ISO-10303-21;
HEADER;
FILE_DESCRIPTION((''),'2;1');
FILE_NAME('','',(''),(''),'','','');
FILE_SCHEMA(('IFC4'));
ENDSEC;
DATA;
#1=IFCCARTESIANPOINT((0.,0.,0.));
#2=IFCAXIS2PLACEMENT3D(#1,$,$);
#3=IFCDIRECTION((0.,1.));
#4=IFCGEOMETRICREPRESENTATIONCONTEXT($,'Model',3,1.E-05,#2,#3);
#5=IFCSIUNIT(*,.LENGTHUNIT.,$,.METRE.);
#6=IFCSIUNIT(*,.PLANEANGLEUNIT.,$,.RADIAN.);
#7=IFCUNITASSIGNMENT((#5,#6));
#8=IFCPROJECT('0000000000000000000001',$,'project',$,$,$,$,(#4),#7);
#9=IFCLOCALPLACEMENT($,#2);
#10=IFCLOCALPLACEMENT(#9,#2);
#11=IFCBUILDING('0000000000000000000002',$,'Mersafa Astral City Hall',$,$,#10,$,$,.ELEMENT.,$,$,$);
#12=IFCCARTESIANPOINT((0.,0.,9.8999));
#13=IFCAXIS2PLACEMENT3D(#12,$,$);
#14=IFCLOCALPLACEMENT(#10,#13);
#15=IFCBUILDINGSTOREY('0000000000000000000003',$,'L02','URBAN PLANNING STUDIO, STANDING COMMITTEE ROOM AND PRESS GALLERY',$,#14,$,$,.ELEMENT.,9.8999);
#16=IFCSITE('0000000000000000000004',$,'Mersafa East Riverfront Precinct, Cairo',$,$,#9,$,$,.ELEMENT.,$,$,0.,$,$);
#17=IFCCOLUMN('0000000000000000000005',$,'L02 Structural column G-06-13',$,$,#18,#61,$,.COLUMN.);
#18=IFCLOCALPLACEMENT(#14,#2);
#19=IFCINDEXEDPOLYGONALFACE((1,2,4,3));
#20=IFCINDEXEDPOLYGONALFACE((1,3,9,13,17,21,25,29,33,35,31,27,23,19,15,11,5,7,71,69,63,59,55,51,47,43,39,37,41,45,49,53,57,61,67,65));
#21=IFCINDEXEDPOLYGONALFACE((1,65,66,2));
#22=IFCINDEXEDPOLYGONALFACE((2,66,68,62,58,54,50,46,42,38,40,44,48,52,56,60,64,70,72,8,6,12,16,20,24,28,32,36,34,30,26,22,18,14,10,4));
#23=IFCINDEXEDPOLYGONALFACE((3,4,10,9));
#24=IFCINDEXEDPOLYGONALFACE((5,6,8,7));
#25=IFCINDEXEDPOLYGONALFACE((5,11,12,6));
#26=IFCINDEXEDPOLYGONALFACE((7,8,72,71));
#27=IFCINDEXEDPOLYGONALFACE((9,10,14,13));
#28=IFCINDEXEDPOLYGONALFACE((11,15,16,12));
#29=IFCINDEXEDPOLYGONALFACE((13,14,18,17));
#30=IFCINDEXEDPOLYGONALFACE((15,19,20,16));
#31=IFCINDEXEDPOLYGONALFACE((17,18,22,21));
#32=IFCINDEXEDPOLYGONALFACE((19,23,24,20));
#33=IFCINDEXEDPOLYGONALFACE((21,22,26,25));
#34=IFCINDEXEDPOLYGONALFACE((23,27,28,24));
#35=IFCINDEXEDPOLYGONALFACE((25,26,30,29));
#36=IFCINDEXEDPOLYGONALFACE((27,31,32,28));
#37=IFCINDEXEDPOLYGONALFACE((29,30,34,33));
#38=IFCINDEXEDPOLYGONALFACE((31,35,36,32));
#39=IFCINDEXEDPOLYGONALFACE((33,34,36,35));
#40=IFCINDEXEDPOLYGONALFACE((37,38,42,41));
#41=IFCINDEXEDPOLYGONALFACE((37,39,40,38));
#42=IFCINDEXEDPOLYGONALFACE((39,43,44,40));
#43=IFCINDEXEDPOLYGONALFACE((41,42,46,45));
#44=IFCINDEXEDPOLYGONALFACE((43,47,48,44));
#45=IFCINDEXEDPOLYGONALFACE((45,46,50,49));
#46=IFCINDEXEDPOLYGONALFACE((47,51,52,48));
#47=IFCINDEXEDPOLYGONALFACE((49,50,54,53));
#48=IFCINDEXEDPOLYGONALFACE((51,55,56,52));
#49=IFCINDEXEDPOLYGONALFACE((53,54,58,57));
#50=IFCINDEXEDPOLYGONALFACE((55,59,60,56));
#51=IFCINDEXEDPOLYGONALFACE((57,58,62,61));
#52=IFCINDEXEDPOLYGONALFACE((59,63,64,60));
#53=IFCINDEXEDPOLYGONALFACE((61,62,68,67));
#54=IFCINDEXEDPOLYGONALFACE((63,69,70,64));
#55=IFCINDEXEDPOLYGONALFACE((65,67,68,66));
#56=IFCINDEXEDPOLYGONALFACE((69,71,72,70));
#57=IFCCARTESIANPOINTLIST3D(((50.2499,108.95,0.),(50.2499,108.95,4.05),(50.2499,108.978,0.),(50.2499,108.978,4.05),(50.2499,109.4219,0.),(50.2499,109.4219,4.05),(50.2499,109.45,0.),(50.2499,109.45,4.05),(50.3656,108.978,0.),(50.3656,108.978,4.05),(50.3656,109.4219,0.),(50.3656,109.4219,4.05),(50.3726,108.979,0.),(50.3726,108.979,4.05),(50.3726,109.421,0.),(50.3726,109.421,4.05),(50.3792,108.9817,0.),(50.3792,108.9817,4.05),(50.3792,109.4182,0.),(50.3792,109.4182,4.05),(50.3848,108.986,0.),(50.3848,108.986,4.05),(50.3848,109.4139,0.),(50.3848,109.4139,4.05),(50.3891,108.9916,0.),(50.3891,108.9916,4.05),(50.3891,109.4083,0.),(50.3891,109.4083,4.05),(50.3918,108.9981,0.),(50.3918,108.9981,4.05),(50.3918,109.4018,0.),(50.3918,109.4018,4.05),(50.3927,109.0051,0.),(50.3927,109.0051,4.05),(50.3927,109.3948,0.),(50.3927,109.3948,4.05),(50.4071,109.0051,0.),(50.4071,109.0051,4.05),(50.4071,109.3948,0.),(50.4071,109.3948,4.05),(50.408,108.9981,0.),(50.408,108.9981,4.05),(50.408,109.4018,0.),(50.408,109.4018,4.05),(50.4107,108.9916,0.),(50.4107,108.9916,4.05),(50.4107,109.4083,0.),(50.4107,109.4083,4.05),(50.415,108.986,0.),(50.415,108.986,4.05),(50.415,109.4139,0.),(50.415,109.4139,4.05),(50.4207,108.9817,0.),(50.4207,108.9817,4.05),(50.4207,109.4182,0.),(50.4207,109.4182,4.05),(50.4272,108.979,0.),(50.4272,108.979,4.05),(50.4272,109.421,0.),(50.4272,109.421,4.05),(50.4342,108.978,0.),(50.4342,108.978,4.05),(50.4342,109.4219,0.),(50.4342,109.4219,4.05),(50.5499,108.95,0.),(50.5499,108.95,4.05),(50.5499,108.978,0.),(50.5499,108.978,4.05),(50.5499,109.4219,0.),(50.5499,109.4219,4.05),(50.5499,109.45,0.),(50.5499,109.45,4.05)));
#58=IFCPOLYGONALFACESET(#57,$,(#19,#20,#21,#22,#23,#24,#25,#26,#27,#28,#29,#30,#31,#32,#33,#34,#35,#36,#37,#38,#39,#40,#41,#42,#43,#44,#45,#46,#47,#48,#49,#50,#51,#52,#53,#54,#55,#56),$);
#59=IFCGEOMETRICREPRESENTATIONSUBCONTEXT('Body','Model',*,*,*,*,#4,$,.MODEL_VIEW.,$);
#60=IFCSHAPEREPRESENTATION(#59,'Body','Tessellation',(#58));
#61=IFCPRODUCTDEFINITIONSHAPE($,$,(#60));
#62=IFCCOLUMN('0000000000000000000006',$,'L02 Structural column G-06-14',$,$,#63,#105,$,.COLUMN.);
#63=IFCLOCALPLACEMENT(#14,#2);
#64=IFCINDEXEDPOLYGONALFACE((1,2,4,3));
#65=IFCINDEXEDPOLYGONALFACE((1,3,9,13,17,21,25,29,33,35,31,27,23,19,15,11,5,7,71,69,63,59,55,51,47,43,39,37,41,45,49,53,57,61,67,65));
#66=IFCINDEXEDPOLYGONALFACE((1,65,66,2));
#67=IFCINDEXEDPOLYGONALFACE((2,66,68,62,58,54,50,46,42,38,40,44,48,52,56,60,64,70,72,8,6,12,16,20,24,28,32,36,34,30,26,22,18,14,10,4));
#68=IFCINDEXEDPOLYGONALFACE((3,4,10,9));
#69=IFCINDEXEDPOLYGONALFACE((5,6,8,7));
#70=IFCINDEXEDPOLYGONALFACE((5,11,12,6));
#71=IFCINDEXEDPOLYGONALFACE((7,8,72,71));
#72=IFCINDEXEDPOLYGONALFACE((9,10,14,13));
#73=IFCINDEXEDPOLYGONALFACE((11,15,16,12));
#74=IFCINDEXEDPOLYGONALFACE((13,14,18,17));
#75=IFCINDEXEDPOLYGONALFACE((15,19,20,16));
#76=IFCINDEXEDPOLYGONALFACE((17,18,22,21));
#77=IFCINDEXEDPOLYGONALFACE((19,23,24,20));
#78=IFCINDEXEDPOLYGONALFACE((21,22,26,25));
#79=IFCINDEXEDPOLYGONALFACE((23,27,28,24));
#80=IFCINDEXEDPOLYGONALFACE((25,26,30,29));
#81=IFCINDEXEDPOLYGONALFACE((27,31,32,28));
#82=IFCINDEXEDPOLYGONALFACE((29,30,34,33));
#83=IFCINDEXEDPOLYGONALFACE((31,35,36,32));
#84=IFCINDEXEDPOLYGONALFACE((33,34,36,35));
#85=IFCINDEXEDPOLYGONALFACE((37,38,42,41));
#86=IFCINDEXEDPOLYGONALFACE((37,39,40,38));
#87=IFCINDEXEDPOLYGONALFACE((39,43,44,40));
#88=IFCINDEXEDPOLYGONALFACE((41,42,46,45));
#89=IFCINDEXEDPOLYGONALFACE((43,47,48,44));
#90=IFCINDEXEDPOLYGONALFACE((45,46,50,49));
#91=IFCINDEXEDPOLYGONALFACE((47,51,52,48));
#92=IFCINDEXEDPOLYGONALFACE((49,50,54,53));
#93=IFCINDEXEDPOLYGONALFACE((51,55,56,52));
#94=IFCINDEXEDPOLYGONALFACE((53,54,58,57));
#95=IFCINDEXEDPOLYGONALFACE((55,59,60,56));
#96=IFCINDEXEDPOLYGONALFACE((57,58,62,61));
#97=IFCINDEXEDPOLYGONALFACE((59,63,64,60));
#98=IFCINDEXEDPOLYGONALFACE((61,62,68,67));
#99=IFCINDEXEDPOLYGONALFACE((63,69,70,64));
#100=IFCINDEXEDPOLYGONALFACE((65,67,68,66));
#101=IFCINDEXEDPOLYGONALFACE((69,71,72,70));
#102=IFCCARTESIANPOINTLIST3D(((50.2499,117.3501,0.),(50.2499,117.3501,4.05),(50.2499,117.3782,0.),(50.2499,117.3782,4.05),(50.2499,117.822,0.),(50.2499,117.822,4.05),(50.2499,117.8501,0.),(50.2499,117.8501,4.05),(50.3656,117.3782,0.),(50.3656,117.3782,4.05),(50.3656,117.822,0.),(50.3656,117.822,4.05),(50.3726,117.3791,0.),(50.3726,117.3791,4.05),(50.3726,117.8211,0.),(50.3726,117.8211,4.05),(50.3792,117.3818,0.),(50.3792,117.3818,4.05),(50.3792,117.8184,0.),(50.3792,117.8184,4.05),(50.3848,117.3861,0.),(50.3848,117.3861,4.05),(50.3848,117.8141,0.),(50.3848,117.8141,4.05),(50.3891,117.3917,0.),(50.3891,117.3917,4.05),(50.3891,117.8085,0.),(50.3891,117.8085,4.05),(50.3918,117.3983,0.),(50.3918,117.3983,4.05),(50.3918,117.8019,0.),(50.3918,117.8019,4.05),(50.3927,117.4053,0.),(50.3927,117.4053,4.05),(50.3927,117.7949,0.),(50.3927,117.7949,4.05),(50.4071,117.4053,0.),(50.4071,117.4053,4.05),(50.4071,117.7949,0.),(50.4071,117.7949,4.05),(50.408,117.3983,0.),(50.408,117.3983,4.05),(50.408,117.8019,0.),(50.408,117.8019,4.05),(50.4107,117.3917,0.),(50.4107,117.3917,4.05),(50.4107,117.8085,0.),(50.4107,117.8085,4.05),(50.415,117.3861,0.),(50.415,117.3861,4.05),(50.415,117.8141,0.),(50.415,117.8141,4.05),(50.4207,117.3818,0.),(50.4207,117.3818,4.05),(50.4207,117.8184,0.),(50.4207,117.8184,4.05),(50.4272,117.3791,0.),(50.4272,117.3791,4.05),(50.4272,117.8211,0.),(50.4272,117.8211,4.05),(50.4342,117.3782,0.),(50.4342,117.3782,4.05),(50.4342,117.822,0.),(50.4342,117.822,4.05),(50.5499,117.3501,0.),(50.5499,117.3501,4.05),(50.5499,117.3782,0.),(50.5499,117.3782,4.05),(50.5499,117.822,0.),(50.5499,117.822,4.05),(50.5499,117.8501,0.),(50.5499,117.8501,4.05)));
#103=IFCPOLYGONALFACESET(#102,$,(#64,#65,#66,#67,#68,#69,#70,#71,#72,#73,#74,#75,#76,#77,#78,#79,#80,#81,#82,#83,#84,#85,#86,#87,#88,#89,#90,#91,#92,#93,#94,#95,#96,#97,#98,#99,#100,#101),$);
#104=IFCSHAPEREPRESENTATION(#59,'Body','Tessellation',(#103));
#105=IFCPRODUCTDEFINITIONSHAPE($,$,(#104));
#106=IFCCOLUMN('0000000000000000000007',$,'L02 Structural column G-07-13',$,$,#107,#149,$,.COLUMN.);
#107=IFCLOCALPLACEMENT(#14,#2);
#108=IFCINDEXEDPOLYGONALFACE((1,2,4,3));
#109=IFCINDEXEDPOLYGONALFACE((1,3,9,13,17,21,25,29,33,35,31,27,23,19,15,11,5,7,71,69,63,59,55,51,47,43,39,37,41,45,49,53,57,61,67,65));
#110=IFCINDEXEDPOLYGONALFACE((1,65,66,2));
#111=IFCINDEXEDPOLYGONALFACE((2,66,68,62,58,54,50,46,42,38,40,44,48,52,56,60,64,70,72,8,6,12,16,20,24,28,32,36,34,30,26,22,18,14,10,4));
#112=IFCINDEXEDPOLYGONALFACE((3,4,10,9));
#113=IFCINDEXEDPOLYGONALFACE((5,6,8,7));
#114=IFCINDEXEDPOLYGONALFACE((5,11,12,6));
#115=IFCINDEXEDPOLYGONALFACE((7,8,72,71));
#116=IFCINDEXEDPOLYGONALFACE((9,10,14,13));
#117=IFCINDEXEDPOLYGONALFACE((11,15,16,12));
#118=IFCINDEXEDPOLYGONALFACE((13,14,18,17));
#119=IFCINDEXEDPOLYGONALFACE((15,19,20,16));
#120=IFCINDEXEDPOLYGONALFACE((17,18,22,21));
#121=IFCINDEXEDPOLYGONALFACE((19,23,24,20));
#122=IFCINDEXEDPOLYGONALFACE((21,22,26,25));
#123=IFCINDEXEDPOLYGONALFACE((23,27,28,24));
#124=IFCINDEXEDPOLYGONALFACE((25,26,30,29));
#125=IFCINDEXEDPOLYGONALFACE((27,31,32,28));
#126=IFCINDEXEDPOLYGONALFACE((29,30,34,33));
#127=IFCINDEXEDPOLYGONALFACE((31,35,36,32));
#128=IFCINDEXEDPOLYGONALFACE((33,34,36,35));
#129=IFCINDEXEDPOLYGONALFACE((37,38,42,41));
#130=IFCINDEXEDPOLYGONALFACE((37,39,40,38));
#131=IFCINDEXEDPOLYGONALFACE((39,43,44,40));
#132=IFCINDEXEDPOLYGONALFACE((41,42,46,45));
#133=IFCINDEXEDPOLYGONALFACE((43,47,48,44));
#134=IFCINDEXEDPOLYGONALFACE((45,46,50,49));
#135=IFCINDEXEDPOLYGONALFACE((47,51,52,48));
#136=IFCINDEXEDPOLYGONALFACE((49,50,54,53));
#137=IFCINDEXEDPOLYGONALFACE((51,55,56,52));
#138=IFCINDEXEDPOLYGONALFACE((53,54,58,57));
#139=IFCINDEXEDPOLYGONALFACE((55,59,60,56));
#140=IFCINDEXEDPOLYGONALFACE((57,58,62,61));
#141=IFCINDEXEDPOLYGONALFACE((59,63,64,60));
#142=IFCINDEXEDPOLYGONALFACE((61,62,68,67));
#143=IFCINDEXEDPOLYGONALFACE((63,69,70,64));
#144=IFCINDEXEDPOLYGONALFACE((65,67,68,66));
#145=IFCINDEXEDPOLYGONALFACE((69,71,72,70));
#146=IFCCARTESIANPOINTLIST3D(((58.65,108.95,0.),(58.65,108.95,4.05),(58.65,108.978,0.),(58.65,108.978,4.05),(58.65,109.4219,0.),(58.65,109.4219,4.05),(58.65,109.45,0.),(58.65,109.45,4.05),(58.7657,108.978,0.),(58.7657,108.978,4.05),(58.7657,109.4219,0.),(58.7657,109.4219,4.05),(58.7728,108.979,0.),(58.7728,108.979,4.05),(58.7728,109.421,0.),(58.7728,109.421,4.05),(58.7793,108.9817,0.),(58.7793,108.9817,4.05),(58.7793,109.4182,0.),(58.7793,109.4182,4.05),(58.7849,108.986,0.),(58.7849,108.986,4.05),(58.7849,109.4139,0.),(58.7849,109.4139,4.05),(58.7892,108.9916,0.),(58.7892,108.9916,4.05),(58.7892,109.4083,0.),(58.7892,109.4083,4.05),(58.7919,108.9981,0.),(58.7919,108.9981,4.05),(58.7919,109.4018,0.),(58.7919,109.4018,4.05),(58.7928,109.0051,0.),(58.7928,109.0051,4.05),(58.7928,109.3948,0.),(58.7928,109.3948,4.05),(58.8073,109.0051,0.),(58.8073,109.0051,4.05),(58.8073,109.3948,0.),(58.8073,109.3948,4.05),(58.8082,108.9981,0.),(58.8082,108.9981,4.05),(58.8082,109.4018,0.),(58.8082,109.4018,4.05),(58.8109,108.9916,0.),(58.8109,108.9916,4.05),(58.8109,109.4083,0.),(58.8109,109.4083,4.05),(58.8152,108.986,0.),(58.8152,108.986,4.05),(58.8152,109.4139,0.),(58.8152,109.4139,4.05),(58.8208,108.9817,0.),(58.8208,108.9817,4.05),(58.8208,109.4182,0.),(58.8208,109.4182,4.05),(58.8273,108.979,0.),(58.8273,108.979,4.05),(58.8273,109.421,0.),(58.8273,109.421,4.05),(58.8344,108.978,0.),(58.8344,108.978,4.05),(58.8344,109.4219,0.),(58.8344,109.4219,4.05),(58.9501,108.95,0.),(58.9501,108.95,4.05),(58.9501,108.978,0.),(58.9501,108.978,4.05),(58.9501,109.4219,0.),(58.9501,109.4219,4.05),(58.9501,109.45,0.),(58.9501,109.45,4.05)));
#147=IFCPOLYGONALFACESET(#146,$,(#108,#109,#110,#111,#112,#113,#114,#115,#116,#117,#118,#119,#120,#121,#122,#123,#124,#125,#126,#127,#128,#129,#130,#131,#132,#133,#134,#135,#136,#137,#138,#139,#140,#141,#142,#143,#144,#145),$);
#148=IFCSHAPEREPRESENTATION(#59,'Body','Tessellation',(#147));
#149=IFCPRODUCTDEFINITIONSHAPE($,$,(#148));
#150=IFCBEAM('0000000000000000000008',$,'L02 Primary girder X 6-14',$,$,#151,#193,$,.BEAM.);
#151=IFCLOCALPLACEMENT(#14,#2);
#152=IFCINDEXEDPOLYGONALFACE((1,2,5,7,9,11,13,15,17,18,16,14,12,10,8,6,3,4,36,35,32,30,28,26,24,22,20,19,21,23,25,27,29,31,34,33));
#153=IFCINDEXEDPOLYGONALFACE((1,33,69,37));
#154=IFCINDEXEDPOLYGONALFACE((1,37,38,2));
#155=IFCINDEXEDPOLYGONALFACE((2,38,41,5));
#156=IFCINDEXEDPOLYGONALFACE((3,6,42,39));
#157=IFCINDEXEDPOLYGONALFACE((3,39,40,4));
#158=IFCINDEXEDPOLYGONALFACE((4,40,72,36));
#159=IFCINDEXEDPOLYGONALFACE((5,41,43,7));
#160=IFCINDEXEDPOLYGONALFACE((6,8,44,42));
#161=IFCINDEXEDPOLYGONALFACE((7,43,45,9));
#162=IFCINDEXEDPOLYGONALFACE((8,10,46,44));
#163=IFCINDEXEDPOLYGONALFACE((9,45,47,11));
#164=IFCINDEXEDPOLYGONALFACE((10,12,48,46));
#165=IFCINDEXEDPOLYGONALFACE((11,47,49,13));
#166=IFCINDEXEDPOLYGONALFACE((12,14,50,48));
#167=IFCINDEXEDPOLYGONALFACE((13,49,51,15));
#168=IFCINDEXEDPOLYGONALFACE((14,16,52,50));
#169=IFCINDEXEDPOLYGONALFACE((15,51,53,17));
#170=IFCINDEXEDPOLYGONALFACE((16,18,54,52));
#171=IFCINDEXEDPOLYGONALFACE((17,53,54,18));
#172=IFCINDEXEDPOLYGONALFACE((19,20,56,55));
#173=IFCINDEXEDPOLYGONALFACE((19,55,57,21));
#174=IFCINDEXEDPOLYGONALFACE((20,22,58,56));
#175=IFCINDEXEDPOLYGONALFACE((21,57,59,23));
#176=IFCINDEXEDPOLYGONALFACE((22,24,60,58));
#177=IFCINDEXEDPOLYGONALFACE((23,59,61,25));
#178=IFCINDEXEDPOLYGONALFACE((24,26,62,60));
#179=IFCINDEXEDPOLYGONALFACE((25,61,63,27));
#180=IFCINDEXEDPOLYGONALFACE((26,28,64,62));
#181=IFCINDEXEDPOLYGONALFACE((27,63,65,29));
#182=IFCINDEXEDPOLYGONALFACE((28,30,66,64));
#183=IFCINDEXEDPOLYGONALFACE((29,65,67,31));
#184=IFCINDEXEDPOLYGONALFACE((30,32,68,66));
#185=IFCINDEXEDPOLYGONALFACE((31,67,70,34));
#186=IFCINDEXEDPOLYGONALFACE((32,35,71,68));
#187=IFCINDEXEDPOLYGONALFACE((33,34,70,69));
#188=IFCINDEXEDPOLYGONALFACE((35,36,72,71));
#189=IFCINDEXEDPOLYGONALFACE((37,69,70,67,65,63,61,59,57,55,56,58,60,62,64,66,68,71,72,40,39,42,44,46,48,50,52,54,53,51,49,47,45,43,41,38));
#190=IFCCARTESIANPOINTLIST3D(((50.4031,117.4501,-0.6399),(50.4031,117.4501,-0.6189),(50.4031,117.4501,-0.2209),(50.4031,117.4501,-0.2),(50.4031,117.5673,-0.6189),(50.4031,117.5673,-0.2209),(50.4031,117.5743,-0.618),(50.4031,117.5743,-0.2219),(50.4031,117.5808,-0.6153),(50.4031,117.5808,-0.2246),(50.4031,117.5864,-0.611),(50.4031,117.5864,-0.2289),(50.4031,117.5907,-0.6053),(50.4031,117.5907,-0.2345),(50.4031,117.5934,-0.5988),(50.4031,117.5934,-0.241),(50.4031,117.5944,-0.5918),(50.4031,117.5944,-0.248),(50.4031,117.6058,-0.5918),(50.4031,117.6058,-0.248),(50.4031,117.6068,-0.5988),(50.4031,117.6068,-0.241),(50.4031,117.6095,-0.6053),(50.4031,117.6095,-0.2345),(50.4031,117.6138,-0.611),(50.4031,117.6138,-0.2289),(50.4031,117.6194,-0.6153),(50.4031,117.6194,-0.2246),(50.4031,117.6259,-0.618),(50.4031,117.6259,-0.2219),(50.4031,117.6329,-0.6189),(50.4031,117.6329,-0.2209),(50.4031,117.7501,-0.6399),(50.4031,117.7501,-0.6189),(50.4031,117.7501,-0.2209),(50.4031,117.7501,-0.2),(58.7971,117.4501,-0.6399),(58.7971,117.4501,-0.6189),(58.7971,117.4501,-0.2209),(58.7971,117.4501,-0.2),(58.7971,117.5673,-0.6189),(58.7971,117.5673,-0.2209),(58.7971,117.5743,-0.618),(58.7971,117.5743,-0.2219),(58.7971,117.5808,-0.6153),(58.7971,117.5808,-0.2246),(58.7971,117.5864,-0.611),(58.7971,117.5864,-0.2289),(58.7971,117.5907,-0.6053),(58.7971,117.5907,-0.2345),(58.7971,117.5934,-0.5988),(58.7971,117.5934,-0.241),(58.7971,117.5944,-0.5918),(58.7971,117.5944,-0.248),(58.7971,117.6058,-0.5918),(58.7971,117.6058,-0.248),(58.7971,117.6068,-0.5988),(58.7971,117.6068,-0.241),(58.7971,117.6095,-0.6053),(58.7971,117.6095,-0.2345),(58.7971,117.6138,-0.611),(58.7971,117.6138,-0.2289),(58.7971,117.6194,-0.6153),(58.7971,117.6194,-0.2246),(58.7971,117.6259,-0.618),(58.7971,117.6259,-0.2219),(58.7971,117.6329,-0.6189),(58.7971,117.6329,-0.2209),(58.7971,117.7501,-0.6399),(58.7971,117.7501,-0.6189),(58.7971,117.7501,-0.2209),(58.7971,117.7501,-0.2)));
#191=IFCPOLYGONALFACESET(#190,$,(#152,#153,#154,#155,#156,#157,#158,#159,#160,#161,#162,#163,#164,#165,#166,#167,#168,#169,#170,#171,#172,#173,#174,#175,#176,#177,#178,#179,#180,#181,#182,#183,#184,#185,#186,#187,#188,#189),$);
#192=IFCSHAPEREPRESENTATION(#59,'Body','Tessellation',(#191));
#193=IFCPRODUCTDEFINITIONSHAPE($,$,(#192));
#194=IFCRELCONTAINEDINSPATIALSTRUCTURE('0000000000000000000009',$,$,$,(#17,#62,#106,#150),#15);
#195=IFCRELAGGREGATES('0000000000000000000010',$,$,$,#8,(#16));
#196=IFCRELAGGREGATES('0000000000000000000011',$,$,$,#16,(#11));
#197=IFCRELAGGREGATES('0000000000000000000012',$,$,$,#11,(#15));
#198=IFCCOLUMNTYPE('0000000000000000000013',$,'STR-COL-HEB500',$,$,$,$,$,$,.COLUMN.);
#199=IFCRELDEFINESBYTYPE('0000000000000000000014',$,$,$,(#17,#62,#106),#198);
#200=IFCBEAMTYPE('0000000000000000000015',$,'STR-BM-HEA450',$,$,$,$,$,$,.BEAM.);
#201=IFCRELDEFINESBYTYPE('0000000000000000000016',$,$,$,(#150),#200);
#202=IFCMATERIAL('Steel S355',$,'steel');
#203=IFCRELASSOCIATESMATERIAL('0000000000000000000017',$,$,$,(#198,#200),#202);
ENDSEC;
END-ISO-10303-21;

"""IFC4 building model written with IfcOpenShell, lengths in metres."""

from ifc_helpers import new_model, si_unit, direction, frame, origin, origin_2d, place, context, subcontext, project, spatial, i_section, extrude, material, material_profile, profile_set, type_object, element, save


model = new_model("IFC4")

# Units and contexts
model_context = context("Model", 3, precision=1e-05, world=origin(), true_north=direction((0.0, 1.0)))
body_context = subcontext(model_context, "Body", "Model", "MODEL_VIEW")
ifc_project = project(units=[si_unit("LENGTHUNIT", "METRE"), si_unit("PLANEANGLEUNIT", "RADIAN")], contexts=[model_context])

# Site, building, storey
site_placement = place(None, origin())
site = spatial("IfcSite", under=ifc_project, at=site_placement, Name="Mersafa East Riverfront Precinct, Cairo", CompositionType="ELEMENT", RefElevation=0.0)
building_placement = place(site_placement, origin())
building = spatial("IfcBuilding", under=site, at=building_placement, Name="Mersafa Astral City Hall", CompositionType="ELEMENT")
storey_placement = place(building_placement, frame((0.0, 0.0, 9.8999)))
storey = spatial("IfcBuildingStorey", under=building, at=storey_placement, Name="L02", Description="URBAN PLANNING STUDIO, STANDING COMMITTEE ROOM AND PRESS GALLERY", CompositionType="ELEMENT", Elevation=9.8999)

# Columns
ifc_material_1 = material(Name="Steel S355", Category="steel")
ifc_material_profile_1 = material_profile(ifc_material_1, i_section(OverallWidth=0.3, OverallDepth=0.5, WebThickness=0.0144, FlangeThickness=0.0281, FilletRadius=0.0271, at=origin_2d()), Name="HEB 500")
ifc_profile_set_1 = profile_set([ifc_material_profile_1], Name="Steel S355")
column_type = type_object("IfcColumnType", Name="STR-COL-HEB500", PredefinedType="COLUMN", material=ifc_profile_set_1)
for number, where, z_axis, x_axis, name in (
    (1, (50.3999, 109.2, 0.0), (0.0, 0.0, 1.0), (1.0, 0.0, 0.0), "L02 Structural column G-06-13"),
    (2, (50.3999, 117.6001, 0.0), (0.0, 0.0, 1.0), (1.0, 0.0, 0.0), "L02 Structural column G-06-14"),
    (3, (58.8, 109.2, 0.0), (0.0, 0.0, 1.0), (1.0, 0.0, 0.0), "L02 Structural column G-07-13"),
):
    element("IfcColumn", number, at=place(storey_placement, frame(where, z_axis=z_axis, x_axis=x_axis)), inside=storey, type_object=column_type, Name=name, PredefinedType="COLUMN", context=body_context, shape_type="SweptSolid", body=[
        extrude(i_section(OverallWidth=0.3, OverallDepth=0.5, WebThickness=0.0144, FlangeThickness=0.0281, FilletRadius=0.0271, at=origin_2d()), origin(), (0.0, 0.0, 1.0), 4.05),
    ])

# Beam
ifc_material_profile_2 = material_profile(ifc_material_1, i_section(OverallWidth=0.3, OverallDepth=0.4399, WebThickness=0.0115, FlangeThickness=0.021, FilletRadius=0.0271, at=origin_2d()), Name="HEA 450")
ifc_profile_set_2 = profile_set([ifc_material_profile_2], Name="Steel S355")
beam_type_1 = type_object("IfcBeamType", Name="STR-BM-HEA450", PredefinedType="BEAM", material=ifc_profile_set_2)
beam_1_placement = place(storey_placement, frame((50.4031, 117.6001, -0.4199), z_axis=(1.0, 0.0, 0.0), x_axis=(0.0, 1.0, 0.0)))
element("IfcBeam", 4, at=beam_1_placement, inside=storey, type_object=beam_type_1, Name="L02 Primary girder X 6-14", PredefinedType="BEAM", context=body_context, shape_type="SweptSolid", body=[
    extrude(i_section(OverallWidth=0.3, OverallDepth=0.4399, WebThickness=0.0115, FlangeThickness=0.021, FilletRadius=0.0271, at=origin_2d()), origin(), (0.0, 0.0, 1.0), 8.394),
])

save(model, "model.ifc")
